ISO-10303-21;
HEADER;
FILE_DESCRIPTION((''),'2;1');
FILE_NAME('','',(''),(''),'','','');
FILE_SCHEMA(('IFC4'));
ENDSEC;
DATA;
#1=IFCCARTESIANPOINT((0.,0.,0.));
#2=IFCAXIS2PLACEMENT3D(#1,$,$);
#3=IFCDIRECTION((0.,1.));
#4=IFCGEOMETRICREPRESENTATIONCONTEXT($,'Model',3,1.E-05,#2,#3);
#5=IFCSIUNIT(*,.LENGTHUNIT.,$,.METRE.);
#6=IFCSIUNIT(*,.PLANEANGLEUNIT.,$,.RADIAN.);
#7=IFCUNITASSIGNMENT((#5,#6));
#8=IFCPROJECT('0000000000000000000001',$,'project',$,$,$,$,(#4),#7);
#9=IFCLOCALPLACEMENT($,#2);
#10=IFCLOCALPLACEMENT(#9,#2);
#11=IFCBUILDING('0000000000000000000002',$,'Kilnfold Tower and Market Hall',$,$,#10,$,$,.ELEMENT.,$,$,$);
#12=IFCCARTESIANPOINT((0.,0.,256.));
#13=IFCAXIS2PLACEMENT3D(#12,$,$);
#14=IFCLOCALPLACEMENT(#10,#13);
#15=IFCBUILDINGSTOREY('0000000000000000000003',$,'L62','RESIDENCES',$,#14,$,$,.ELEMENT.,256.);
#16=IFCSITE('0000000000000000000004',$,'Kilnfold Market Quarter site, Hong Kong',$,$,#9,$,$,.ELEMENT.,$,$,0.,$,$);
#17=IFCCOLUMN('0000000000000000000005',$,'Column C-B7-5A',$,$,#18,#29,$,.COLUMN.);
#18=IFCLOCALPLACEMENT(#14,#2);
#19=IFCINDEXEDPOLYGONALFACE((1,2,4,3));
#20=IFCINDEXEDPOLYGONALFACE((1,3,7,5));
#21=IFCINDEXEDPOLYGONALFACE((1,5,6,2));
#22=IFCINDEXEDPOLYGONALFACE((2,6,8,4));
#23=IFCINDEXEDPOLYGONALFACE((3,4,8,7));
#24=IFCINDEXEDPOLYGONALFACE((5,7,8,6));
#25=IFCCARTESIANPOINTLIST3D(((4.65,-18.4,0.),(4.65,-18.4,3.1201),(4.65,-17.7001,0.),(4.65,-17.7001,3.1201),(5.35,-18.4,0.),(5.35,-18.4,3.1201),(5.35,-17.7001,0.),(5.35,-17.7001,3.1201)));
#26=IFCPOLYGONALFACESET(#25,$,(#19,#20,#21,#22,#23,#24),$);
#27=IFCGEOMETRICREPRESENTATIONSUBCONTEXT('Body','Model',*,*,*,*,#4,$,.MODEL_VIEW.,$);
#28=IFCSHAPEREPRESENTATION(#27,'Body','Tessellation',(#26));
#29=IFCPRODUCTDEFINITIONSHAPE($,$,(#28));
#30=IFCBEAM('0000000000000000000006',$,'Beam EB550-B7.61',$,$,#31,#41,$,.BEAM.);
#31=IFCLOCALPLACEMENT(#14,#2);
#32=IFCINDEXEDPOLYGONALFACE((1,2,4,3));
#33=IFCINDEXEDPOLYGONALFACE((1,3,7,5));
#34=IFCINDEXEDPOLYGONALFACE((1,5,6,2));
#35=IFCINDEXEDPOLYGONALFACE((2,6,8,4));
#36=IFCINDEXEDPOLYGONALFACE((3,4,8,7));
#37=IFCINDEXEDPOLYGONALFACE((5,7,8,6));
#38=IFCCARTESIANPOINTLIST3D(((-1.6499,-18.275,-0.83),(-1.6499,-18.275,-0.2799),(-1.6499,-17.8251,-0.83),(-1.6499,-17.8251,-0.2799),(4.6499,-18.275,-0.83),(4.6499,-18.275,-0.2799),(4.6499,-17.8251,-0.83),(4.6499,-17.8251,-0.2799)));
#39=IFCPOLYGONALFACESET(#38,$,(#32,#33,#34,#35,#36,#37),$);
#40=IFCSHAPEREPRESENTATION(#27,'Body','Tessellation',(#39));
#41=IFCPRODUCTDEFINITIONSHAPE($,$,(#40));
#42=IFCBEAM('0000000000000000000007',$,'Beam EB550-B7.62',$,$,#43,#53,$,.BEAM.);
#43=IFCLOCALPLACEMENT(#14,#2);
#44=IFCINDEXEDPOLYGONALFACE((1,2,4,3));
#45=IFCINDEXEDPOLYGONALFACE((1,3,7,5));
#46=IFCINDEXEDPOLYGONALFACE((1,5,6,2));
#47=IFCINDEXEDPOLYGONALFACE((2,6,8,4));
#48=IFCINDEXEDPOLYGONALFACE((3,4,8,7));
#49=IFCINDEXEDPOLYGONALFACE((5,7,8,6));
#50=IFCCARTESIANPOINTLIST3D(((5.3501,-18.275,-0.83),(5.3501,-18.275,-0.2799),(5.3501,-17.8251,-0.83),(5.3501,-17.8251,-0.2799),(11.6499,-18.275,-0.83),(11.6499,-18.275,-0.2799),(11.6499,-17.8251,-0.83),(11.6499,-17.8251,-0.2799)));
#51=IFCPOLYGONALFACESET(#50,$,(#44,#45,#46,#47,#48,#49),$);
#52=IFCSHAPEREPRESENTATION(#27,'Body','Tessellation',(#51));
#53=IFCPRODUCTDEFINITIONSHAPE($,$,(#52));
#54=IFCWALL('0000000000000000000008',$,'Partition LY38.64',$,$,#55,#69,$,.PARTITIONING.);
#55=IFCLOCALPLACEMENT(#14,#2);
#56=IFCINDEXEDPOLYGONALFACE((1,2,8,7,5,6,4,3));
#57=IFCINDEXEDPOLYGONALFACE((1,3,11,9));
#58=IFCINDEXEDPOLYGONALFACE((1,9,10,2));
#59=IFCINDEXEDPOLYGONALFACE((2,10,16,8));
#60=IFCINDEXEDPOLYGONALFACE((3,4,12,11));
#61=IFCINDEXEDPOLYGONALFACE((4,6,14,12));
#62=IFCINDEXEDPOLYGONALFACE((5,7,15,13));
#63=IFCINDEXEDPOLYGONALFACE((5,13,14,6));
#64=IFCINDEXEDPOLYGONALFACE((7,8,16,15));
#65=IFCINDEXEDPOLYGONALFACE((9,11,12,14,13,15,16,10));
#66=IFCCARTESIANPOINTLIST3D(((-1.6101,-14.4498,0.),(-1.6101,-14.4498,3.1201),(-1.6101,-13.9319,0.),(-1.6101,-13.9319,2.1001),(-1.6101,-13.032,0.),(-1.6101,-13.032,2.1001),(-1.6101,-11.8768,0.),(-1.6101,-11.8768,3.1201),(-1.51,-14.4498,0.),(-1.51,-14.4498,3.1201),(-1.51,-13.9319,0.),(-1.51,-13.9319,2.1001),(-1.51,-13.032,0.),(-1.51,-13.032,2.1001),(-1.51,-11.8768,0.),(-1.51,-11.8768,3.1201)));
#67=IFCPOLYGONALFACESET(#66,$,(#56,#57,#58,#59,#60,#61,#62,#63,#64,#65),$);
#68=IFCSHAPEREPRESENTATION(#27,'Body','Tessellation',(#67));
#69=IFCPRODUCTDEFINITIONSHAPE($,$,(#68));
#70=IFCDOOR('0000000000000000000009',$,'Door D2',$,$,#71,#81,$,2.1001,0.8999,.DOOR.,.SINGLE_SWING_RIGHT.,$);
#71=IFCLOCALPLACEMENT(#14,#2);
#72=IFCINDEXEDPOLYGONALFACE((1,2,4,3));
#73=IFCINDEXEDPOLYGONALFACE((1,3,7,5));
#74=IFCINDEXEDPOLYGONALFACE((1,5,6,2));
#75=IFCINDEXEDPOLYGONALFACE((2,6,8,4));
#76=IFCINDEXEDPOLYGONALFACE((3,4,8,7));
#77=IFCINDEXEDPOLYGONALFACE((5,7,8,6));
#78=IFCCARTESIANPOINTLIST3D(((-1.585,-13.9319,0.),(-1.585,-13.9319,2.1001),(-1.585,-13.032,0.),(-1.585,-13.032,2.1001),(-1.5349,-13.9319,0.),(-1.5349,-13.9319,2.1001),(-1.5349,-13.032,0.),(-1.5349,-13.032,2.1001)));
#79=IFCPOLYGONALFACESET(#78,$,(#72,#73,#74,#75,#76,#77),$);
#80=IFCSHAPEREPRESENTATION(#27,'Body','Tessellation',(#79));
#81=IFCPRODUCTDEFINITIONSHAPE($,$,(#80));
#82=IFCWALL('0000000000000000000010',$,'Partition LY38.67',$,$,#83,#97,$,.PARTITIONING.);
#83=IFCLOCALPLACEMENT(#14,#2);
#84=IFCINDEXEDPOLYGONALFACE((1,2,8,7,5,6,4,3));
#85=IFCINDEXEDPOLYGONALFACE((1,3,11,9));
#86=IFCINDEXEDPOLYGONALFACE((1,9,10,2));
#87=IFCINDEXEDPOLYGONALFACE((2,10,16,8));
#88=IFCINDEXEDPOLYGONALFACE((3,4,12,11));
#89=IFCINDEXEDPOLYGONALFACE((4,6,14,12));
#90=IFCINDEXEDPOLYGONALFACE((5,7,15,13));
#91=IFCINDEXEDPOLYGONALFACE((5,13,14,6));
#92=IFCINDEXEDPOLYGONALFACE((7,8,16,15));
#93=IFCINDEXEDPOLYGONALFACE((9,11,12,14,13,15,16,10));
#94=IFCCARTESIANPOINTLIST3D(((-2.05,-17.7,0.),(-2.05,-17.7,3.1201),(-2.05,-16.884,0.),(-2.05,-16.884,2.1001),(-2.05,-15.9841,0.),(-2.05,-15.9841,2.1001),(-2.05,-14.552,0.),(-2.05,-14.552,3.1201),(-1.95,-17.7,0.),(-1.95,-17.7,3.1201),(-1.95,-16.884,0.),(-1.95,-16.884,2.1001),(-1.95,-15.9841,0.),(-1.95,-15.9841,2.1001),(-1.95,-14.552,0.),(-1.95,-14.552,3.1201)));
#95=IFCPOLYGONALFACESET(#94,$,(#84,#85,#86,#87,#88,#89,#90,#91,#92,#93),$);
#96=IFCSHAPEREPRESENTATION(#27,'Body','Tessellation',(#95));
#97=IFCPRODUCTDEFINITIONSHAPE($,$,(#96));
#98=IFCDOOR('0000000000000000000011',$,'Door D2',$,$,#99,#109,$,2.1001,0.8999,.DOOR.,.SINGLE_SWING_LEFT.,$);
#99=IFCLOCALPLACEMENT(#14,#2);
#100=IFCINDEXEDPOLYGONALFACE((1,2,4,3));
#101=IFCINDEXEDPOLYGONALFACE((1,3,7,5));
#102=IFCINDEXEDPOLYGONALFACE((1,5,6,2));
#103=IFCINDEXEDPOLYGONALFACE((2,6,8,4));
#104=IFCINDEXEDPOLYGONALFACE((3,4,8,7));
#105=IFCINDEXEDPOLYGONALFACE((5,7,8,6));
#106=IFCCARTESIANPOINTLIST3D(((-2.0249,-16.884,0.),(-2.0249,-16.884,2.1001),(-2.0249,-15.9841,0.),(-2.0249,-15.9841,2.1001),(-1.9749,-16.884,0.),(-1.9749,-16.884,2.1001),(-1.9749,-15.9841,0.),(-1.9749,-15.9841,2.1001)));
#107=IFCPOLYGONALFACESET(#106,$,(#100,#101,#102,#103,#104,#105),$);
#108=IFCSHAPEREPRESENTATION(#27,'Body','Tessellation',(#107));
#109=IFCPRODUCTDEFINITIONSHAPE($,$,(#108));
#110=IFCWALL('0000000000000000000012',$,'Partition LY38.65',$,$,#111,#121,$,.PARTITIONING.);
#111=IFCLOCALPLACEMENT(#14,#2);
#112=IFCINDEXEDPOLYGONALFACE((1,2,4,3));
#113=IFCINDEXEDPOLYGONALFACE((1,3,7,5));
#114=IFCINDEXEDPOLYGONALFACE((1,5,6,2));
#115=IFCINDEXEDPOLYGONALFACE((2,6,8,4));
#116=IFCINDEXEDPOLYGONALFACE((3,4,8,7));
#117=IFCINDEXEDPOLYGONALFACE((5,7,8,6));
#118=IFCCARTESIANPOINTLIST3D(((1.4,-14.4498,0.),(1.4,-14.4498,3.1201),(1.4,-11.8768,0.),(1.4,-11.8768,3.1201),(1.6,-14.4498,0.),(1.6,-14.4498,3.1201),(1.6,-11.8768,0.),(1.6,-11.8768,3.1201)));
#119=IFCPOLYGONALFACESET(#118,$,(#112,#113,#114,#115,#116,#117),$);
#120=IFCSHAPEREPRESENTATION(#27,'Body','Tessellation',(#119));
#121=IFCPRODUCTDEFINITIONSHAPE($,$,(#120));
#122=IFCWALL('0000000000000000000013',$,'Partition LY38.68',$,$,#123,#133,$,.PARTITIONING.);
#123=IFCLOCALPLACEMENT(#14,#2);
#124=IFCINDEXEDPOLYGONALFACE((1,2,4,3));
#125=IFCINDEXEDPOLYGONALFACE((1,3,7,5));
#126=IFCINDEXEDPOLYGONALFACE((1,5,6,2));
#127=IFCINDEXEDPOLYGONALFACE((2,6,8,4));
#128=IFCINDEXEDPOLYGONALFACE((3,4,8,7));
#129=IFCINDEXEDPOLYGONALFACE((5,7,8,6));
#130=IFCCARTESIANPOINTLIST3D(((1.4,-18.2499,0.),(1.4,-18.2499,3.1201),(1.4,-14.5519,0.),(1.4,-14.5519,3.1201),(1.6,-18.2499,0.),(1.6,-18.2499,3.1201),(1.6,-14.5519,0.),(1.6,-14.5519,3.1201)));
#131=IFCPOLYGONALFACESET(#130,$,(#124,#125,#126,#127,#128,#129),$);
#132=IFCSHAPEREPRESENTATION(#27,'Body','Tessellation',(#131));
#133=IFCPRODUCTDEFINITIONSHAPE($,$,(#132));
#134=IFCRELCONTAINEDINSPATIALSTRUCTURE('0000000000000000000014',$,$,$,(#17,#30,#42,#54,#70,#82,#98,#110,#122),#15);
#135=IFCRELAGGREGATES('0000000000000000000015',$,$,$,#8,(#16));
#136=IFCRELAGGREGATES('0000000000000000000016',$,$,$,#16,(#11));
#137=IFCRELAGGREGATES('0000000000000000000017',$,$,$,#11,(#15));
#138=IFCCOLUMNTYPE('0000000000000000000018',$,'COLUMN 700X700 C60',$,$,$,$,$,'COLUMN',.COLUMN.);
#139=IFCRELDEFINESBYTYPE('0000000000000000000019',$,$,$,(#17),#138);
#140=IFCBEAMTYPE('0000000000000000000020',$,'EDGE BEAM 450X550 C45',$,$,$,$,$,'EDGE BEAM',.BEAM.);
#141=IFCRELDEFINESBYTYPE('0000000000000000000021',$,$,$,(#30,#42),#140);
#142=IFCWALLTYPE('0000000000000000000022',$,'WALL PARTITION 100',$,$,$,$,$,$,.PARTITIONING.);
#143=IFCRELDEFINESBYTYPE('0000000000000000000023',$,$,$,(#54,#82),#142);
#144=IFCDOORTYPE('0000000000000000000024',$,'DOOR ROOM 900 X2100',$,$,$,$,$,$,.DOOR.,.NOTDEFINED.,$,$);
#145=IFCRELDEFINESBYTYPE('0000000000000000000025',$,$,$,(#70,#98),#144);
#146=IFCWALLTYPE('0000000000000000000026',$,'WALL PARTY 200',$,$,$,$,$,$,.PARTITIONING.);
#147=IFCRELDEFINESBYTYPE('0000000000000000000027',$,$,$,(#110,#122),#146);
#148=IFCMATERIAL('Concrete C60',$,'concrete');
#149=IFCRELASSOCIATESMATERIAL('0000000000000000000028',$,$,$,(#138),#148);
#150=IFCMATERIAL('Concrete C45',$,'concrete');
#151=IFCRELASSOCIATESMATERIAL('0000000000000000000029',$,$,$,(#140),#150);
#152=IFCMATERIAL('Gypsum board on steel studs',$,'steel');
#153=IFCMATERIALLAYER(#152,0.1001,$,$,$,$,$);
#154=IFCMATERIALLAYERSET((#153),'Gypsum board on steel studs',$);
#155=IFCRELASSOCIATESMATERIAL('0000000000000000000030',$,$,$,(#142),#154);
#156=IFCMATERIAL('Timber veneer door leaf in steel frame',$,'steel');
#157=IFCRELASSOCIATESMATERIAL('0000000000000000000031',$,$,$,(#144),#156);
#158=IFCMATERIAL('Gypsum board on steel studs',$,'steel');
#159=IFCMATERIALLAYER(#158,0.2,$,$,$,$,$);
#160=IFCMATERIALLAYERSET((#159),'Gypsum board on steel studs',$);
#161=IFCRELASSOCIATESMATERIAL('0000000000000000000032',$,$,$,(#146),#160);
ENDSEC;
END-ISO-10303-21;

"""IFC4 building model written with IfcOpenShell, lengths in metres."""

from ifc_helpers import new_model, si_unit, direction, frame, frame_2d, origin, origin_2d, place, context, subcontext, project, spatial, rectangle, extrude, source, transform, mapped, material, layer, layer_set, material_profile, profile_set, type_object, element, fill, save


model = new_model("IFC4")

# Units and contexts
model_context = context("Model", 3, precision=1e-05, world=origin(), true_north=direction((0.0, 1.0)))
body_context = subcontext(model_context, "Body", "Model", "MODEL_VIEW")
ifc_project = project(units=[si_unit("LENGTHUNIT", "METRE"), si_unit("PLANEANGLEUNIT", "RADIAN")], contexts=[model_context])

# Site, building, storey
site_placement = place(None, origin())
site = spatial("IfcSite", under=ifc_project, at=site_placement, Name="Kilnfold Market Quarter site, Hong Kong", CompositionType="ELEMENT", RefElevation=0.0)
building_placement = place(site_placement, origin())
building = spatial("IfcBuilding", under=site, at=building_placement, Name="Kilnfold Tower and Market Hall", CompositionType="ELEMENT")
storey_placement = place(building_placement, frame((0.0, 0.0, 256.0)))
storey = spatial("IfcBuildingStorey", under=building, at=storey_placement, Name="L62", Description="RESIDENCES", CompositionType="ELEMENT", Elevation=256.0)

# Column
ifc_material_1 = material(Name="Concrete C60", Category="concrete")
ifc_material_profile_1 = material_profile(ifc_material_1, rectangle(XDim=0.7, YDim=0.7, at=origin_2d()), Name="RC 700x700")
ifc_profile_set_1 = profile_set([ifc_material_profile_1], Name="Concrete C60")
column_type = type_object("IfcColumnType", Name="COLUMN 700X700 C60", ElementType="COLUMN", PredefinedType="COLUMN", material=ifc_profile_set_1)
shared_shape_1 = source(origin(), body_context, "Body", "SweptSolid", [
    extrude(rectangle(XDim=0.7, YDim=0.7, at=origin_2d()), origin(), (0.0, 0.0, 1.0), 3.1201),
])
column_placement = place(storey_placement, frame((5.0, -18.05, 0.0), z_axis=(0.0, 0.0, 1.0), x_axis=(1.0, 0.0, 0.0)))
element("IfcColumn", 1, at=column_placement, inside=storey, type_object=column_type, Name="Column C-B7-5A", PredefinedType="COLUMN", context=body_context, shape_type="MappedRepresentation", body=[
    mapped(shared_shape_1, transform((0.0, 0.0, 0.0))),
])

# Beams
ifc_material_2 = material(Name="Concrete C45", Category="concrete")
ifc_material_profile_2 = material_profile(ifc_material_2, rectangle(XDim=0.45, YDim=0.55, at=origin_2d()), Name="RC 450x550")
ifc_profile_set_2 = profile_set([ifc_material_profile_2], Name="Concrete C45")
beam_type = type_object("IfcBeamType", Name="EDGE BEAM 450X550 C45", ElementType="EDGE BEAM", PredefinedType="BEAM", material=ifc_profile_set_2)
shared_shape_2 = source(origin(), body_context, "Body", "SweptSolid", [
    extrude(rectangle(XDim=0.45, YDim=0.55, at=origin_2d()), origin(), (0.0, 0.0, 1.0), 6.2998),
])
for number, where, z_axis, x_axis, name in (
    (2, (-1.6499, -18.05, -0.5549), (1.0, 0.0, 0.0), (0.0, 1.0, 0.0), "Beam EB550-B7.61"),
    (3, (5.3501, -18.05, -0.5549), (1.0, 0.0, 0.0), (0.0, 1.0, 0.0), "Beam EB550-B7.62"),
):
    element("IfcBeam", number, at=place(storey_placement, frame(where, z_axis=z_axis, x_axis=x_axis)), inside=storey, type_object=beam_type, Name=name, PredefinedType="BEAM", context=body_context, shape_type="MappedRepresentation", body=[
        mapped(shared_shape_2, transform((0.0, 0.0, 0.0))),
    ])

# Walls, openings, doors
ifc_material_3 = material(Name="Gypsum board on steel studs", Category="steel")
ifc_layer_1 = layer(ifc_material_3, 0.1001)
ifc_layer_set_1 = layer_set([ifc_layer_1], Name="Gypsum board on steel studs")
wall_type_1 = type_object("IfcWallType", Name="WALL PARTITION 100", PredefinedType="PARTITIONING", material=ifc_layer_set_1)
wall_1_placement = place(storey_placement, frame((-1.5601, -14.45, 0.0), z_axis=(0.0, 0.0, 1.0), x_axis=(0.0, 1.0, 0.0)))
wall_1 = element("IfcWall", 4, at=wall_1_placement, inside=storey, type_object=wall_type_1, Name="Partition LY38.64", PredefinedType="PARTITIONING", context=body_context, shape_type="SweptSolid", body=[
    extrude(rectangle(XDim=2.573, YDim=0.1001, at=frame_2d((1.2866, 0.0))), origin(), (0.0, 0.0, 1.0), 3.1201),
])
opening_1_placement = place(wall_1_placement, frame((0.5181, 0.0, 0.0)))
opening_1 = element("IfcOpeningElement", 5, at=opening_1_placement, cuts=wall_1, PredefinedType="OPENING", context=body_context, shape_type="SweptSolid", body=[
    extrude(rectangle(XDim=0.8999, YDim=2.1001, at=frame_2d((0.45, 1.05))), frame((0.0, 0.0601, 0.0), z_axis=(0.0, -1.0, 0.0), x_axis=(1.0, 0.0, 0.0)), (0.0, 0.0, 1.0), 0.1201),
])
ifc_material_4 = material(Name="Timber veneer door leaf in steel frame", Category="steel")
door_type = type_object("IfcDoorType", Name="DOOR ROOM 900 X2100", OperationType="NOTDEFINED", PredefinedType="DOOR", material=ifc_material_4)
door_1_placement = place(opening_1_placement, origin())
door_1 = element("IfcDoor", 6, at=door_1_placement, inside=storey, type_object=door_type, Name="Door D2", OperationType="SINGLE_SWING_RIGHT", OverallHeight=2.1001, OverallWidth=0.8999, PredefinedType="DOOR", context=body_context, shape_type="SweptSolid", body=[
    extrude(rectangle(XDim=0.8999, YDim=2.1001, at=frame_2d((0.45, 1.05))), frame((0.0, 0.0249, 0.0), z_axis=(0.0, -1.0, 0.0), x_axis=(1.0, 0.0, 0.0)), (0.0, 0.0, 1.0), 0.05),
])
fill(opening_1, door_1)
wall_2_placement = place(storey_placement, frame((-2.0, -17.7, 0.0), z_axis=(0.0, 0.0, 1.0), x_axis=(0.0, 1.0, 0.0)))
wall_2 = element("IfcWall", 7, at=wall_2_placement, inside=storey, type_object=wall_type_1, Name="Partition LY38.67", PredefinedType="PARTITIONING", context=body_context, shape_type="SweptSolid", body=[
    extrude(rectangle(XDim=3.1479, YDim=0.1001, at=frame_2d((1.574, 0.0))), origin(), (0.0, 0.0, 1.0), 3.1201),
])
opening_2_placement = place(wall_2_placement, frame((0.8159, 0.0, 0.0)))
opening_2 = element("IfcOpeningElement", 8, at=opening_2_placement, cuts=wall_2, PredefinedType="OPENING", context=body_context, shape_type="SweptSolid", body=[
    extrude(rectangle(XDim=0.8999, YDim=2.1001, at=frame_2d((0.45, 1.05))), frame((0.0, 0.0601, 0.0), z_axis=(0.0, -1.0, 0.0), x_axis=(1.0, 0.0, 0.0)), (0.0, 0.0, 1.0), 0.1201),
])
door_2_placement = place(opening_2_placement, origin())
door_2 = element("IfcDoor", 9, at=door_2_placement, inside=storey, type_object=door_type, Name="Door D2", OperationType="SINGLE_SWING_LEFT", OverallHeight=2.1001, OverallWidth=0.8999, PredefinedType="DOOR", context=body_context, shape_type="SweptSolid", body=[
    extrude(rectangle(XDim=0.8999, YDim=2.1001, at=frame_2d((0.45, 1.05))), frame((0.0, 0.0249, 0.0), z_axis=(0.0, -1.0, 0.0), x_axis=(1.0, 0.0, 0.0)), (0.0, 0.0, 1.0), 0.05),
])
fill(opening_2, door_2)

# Walls
ifc_material_5 = material(Name="Gypsum board on steel studs", Category="steel")
ifc_layer_2 = layer(ifc_material_5, 0.2)
ifc_layer_set_2 = layer_set([ifc_layer_2], Name="Gypsum board on steel studs")
wall_type_2 = type_object("IfcWallType", Name="WALL PARTY 200", PredefinedType="PARTITIONING", material=ifc_layer_set_2)
wall_3_placement = place(storey_placement, frame((1.5, -14.45, 0.0), z_axis=(0.0, 0.0, 1.0), x_axis=(0.0, 1.0, 0.0)))
element("IfcWall", 10, at=wall_3_placement, inside=storey, type_object=wall_type_2, Name="Partition LY38.65", PredefinedType="PARTITIONING", context=body_context, shape_type="SweptSolid", body=[
    extrude(rectangle(XDim=2.573, YDim=0.2, at=frame_2d((1.2866, 0.0))), origin(), (0.0, 0.0, 1.0), 3.1201),
])
wall_4_placement = place(storey_placement, frame((1.5, -18.25, 0.0), z_axis=(0.0, 0.0, 1.0), x_axis=(0.0, 1.0, 0.0)))
element("IfcWall", 11, at=wall_4_placement, inside=storey, type_object=wall_type_2, Name="Partition LY38.68", PredefinedType="PARTITIONING", context=body_context, shape_type="SweptSolid", body=[
    extrude(rectangle(XDim=3.698, YDim=0.2, at=frame_2d((1.8491, 0.0))), origin(), (0.0, 0.0, 1.0), 3.1201),
])

save(model, "model.ifc")
